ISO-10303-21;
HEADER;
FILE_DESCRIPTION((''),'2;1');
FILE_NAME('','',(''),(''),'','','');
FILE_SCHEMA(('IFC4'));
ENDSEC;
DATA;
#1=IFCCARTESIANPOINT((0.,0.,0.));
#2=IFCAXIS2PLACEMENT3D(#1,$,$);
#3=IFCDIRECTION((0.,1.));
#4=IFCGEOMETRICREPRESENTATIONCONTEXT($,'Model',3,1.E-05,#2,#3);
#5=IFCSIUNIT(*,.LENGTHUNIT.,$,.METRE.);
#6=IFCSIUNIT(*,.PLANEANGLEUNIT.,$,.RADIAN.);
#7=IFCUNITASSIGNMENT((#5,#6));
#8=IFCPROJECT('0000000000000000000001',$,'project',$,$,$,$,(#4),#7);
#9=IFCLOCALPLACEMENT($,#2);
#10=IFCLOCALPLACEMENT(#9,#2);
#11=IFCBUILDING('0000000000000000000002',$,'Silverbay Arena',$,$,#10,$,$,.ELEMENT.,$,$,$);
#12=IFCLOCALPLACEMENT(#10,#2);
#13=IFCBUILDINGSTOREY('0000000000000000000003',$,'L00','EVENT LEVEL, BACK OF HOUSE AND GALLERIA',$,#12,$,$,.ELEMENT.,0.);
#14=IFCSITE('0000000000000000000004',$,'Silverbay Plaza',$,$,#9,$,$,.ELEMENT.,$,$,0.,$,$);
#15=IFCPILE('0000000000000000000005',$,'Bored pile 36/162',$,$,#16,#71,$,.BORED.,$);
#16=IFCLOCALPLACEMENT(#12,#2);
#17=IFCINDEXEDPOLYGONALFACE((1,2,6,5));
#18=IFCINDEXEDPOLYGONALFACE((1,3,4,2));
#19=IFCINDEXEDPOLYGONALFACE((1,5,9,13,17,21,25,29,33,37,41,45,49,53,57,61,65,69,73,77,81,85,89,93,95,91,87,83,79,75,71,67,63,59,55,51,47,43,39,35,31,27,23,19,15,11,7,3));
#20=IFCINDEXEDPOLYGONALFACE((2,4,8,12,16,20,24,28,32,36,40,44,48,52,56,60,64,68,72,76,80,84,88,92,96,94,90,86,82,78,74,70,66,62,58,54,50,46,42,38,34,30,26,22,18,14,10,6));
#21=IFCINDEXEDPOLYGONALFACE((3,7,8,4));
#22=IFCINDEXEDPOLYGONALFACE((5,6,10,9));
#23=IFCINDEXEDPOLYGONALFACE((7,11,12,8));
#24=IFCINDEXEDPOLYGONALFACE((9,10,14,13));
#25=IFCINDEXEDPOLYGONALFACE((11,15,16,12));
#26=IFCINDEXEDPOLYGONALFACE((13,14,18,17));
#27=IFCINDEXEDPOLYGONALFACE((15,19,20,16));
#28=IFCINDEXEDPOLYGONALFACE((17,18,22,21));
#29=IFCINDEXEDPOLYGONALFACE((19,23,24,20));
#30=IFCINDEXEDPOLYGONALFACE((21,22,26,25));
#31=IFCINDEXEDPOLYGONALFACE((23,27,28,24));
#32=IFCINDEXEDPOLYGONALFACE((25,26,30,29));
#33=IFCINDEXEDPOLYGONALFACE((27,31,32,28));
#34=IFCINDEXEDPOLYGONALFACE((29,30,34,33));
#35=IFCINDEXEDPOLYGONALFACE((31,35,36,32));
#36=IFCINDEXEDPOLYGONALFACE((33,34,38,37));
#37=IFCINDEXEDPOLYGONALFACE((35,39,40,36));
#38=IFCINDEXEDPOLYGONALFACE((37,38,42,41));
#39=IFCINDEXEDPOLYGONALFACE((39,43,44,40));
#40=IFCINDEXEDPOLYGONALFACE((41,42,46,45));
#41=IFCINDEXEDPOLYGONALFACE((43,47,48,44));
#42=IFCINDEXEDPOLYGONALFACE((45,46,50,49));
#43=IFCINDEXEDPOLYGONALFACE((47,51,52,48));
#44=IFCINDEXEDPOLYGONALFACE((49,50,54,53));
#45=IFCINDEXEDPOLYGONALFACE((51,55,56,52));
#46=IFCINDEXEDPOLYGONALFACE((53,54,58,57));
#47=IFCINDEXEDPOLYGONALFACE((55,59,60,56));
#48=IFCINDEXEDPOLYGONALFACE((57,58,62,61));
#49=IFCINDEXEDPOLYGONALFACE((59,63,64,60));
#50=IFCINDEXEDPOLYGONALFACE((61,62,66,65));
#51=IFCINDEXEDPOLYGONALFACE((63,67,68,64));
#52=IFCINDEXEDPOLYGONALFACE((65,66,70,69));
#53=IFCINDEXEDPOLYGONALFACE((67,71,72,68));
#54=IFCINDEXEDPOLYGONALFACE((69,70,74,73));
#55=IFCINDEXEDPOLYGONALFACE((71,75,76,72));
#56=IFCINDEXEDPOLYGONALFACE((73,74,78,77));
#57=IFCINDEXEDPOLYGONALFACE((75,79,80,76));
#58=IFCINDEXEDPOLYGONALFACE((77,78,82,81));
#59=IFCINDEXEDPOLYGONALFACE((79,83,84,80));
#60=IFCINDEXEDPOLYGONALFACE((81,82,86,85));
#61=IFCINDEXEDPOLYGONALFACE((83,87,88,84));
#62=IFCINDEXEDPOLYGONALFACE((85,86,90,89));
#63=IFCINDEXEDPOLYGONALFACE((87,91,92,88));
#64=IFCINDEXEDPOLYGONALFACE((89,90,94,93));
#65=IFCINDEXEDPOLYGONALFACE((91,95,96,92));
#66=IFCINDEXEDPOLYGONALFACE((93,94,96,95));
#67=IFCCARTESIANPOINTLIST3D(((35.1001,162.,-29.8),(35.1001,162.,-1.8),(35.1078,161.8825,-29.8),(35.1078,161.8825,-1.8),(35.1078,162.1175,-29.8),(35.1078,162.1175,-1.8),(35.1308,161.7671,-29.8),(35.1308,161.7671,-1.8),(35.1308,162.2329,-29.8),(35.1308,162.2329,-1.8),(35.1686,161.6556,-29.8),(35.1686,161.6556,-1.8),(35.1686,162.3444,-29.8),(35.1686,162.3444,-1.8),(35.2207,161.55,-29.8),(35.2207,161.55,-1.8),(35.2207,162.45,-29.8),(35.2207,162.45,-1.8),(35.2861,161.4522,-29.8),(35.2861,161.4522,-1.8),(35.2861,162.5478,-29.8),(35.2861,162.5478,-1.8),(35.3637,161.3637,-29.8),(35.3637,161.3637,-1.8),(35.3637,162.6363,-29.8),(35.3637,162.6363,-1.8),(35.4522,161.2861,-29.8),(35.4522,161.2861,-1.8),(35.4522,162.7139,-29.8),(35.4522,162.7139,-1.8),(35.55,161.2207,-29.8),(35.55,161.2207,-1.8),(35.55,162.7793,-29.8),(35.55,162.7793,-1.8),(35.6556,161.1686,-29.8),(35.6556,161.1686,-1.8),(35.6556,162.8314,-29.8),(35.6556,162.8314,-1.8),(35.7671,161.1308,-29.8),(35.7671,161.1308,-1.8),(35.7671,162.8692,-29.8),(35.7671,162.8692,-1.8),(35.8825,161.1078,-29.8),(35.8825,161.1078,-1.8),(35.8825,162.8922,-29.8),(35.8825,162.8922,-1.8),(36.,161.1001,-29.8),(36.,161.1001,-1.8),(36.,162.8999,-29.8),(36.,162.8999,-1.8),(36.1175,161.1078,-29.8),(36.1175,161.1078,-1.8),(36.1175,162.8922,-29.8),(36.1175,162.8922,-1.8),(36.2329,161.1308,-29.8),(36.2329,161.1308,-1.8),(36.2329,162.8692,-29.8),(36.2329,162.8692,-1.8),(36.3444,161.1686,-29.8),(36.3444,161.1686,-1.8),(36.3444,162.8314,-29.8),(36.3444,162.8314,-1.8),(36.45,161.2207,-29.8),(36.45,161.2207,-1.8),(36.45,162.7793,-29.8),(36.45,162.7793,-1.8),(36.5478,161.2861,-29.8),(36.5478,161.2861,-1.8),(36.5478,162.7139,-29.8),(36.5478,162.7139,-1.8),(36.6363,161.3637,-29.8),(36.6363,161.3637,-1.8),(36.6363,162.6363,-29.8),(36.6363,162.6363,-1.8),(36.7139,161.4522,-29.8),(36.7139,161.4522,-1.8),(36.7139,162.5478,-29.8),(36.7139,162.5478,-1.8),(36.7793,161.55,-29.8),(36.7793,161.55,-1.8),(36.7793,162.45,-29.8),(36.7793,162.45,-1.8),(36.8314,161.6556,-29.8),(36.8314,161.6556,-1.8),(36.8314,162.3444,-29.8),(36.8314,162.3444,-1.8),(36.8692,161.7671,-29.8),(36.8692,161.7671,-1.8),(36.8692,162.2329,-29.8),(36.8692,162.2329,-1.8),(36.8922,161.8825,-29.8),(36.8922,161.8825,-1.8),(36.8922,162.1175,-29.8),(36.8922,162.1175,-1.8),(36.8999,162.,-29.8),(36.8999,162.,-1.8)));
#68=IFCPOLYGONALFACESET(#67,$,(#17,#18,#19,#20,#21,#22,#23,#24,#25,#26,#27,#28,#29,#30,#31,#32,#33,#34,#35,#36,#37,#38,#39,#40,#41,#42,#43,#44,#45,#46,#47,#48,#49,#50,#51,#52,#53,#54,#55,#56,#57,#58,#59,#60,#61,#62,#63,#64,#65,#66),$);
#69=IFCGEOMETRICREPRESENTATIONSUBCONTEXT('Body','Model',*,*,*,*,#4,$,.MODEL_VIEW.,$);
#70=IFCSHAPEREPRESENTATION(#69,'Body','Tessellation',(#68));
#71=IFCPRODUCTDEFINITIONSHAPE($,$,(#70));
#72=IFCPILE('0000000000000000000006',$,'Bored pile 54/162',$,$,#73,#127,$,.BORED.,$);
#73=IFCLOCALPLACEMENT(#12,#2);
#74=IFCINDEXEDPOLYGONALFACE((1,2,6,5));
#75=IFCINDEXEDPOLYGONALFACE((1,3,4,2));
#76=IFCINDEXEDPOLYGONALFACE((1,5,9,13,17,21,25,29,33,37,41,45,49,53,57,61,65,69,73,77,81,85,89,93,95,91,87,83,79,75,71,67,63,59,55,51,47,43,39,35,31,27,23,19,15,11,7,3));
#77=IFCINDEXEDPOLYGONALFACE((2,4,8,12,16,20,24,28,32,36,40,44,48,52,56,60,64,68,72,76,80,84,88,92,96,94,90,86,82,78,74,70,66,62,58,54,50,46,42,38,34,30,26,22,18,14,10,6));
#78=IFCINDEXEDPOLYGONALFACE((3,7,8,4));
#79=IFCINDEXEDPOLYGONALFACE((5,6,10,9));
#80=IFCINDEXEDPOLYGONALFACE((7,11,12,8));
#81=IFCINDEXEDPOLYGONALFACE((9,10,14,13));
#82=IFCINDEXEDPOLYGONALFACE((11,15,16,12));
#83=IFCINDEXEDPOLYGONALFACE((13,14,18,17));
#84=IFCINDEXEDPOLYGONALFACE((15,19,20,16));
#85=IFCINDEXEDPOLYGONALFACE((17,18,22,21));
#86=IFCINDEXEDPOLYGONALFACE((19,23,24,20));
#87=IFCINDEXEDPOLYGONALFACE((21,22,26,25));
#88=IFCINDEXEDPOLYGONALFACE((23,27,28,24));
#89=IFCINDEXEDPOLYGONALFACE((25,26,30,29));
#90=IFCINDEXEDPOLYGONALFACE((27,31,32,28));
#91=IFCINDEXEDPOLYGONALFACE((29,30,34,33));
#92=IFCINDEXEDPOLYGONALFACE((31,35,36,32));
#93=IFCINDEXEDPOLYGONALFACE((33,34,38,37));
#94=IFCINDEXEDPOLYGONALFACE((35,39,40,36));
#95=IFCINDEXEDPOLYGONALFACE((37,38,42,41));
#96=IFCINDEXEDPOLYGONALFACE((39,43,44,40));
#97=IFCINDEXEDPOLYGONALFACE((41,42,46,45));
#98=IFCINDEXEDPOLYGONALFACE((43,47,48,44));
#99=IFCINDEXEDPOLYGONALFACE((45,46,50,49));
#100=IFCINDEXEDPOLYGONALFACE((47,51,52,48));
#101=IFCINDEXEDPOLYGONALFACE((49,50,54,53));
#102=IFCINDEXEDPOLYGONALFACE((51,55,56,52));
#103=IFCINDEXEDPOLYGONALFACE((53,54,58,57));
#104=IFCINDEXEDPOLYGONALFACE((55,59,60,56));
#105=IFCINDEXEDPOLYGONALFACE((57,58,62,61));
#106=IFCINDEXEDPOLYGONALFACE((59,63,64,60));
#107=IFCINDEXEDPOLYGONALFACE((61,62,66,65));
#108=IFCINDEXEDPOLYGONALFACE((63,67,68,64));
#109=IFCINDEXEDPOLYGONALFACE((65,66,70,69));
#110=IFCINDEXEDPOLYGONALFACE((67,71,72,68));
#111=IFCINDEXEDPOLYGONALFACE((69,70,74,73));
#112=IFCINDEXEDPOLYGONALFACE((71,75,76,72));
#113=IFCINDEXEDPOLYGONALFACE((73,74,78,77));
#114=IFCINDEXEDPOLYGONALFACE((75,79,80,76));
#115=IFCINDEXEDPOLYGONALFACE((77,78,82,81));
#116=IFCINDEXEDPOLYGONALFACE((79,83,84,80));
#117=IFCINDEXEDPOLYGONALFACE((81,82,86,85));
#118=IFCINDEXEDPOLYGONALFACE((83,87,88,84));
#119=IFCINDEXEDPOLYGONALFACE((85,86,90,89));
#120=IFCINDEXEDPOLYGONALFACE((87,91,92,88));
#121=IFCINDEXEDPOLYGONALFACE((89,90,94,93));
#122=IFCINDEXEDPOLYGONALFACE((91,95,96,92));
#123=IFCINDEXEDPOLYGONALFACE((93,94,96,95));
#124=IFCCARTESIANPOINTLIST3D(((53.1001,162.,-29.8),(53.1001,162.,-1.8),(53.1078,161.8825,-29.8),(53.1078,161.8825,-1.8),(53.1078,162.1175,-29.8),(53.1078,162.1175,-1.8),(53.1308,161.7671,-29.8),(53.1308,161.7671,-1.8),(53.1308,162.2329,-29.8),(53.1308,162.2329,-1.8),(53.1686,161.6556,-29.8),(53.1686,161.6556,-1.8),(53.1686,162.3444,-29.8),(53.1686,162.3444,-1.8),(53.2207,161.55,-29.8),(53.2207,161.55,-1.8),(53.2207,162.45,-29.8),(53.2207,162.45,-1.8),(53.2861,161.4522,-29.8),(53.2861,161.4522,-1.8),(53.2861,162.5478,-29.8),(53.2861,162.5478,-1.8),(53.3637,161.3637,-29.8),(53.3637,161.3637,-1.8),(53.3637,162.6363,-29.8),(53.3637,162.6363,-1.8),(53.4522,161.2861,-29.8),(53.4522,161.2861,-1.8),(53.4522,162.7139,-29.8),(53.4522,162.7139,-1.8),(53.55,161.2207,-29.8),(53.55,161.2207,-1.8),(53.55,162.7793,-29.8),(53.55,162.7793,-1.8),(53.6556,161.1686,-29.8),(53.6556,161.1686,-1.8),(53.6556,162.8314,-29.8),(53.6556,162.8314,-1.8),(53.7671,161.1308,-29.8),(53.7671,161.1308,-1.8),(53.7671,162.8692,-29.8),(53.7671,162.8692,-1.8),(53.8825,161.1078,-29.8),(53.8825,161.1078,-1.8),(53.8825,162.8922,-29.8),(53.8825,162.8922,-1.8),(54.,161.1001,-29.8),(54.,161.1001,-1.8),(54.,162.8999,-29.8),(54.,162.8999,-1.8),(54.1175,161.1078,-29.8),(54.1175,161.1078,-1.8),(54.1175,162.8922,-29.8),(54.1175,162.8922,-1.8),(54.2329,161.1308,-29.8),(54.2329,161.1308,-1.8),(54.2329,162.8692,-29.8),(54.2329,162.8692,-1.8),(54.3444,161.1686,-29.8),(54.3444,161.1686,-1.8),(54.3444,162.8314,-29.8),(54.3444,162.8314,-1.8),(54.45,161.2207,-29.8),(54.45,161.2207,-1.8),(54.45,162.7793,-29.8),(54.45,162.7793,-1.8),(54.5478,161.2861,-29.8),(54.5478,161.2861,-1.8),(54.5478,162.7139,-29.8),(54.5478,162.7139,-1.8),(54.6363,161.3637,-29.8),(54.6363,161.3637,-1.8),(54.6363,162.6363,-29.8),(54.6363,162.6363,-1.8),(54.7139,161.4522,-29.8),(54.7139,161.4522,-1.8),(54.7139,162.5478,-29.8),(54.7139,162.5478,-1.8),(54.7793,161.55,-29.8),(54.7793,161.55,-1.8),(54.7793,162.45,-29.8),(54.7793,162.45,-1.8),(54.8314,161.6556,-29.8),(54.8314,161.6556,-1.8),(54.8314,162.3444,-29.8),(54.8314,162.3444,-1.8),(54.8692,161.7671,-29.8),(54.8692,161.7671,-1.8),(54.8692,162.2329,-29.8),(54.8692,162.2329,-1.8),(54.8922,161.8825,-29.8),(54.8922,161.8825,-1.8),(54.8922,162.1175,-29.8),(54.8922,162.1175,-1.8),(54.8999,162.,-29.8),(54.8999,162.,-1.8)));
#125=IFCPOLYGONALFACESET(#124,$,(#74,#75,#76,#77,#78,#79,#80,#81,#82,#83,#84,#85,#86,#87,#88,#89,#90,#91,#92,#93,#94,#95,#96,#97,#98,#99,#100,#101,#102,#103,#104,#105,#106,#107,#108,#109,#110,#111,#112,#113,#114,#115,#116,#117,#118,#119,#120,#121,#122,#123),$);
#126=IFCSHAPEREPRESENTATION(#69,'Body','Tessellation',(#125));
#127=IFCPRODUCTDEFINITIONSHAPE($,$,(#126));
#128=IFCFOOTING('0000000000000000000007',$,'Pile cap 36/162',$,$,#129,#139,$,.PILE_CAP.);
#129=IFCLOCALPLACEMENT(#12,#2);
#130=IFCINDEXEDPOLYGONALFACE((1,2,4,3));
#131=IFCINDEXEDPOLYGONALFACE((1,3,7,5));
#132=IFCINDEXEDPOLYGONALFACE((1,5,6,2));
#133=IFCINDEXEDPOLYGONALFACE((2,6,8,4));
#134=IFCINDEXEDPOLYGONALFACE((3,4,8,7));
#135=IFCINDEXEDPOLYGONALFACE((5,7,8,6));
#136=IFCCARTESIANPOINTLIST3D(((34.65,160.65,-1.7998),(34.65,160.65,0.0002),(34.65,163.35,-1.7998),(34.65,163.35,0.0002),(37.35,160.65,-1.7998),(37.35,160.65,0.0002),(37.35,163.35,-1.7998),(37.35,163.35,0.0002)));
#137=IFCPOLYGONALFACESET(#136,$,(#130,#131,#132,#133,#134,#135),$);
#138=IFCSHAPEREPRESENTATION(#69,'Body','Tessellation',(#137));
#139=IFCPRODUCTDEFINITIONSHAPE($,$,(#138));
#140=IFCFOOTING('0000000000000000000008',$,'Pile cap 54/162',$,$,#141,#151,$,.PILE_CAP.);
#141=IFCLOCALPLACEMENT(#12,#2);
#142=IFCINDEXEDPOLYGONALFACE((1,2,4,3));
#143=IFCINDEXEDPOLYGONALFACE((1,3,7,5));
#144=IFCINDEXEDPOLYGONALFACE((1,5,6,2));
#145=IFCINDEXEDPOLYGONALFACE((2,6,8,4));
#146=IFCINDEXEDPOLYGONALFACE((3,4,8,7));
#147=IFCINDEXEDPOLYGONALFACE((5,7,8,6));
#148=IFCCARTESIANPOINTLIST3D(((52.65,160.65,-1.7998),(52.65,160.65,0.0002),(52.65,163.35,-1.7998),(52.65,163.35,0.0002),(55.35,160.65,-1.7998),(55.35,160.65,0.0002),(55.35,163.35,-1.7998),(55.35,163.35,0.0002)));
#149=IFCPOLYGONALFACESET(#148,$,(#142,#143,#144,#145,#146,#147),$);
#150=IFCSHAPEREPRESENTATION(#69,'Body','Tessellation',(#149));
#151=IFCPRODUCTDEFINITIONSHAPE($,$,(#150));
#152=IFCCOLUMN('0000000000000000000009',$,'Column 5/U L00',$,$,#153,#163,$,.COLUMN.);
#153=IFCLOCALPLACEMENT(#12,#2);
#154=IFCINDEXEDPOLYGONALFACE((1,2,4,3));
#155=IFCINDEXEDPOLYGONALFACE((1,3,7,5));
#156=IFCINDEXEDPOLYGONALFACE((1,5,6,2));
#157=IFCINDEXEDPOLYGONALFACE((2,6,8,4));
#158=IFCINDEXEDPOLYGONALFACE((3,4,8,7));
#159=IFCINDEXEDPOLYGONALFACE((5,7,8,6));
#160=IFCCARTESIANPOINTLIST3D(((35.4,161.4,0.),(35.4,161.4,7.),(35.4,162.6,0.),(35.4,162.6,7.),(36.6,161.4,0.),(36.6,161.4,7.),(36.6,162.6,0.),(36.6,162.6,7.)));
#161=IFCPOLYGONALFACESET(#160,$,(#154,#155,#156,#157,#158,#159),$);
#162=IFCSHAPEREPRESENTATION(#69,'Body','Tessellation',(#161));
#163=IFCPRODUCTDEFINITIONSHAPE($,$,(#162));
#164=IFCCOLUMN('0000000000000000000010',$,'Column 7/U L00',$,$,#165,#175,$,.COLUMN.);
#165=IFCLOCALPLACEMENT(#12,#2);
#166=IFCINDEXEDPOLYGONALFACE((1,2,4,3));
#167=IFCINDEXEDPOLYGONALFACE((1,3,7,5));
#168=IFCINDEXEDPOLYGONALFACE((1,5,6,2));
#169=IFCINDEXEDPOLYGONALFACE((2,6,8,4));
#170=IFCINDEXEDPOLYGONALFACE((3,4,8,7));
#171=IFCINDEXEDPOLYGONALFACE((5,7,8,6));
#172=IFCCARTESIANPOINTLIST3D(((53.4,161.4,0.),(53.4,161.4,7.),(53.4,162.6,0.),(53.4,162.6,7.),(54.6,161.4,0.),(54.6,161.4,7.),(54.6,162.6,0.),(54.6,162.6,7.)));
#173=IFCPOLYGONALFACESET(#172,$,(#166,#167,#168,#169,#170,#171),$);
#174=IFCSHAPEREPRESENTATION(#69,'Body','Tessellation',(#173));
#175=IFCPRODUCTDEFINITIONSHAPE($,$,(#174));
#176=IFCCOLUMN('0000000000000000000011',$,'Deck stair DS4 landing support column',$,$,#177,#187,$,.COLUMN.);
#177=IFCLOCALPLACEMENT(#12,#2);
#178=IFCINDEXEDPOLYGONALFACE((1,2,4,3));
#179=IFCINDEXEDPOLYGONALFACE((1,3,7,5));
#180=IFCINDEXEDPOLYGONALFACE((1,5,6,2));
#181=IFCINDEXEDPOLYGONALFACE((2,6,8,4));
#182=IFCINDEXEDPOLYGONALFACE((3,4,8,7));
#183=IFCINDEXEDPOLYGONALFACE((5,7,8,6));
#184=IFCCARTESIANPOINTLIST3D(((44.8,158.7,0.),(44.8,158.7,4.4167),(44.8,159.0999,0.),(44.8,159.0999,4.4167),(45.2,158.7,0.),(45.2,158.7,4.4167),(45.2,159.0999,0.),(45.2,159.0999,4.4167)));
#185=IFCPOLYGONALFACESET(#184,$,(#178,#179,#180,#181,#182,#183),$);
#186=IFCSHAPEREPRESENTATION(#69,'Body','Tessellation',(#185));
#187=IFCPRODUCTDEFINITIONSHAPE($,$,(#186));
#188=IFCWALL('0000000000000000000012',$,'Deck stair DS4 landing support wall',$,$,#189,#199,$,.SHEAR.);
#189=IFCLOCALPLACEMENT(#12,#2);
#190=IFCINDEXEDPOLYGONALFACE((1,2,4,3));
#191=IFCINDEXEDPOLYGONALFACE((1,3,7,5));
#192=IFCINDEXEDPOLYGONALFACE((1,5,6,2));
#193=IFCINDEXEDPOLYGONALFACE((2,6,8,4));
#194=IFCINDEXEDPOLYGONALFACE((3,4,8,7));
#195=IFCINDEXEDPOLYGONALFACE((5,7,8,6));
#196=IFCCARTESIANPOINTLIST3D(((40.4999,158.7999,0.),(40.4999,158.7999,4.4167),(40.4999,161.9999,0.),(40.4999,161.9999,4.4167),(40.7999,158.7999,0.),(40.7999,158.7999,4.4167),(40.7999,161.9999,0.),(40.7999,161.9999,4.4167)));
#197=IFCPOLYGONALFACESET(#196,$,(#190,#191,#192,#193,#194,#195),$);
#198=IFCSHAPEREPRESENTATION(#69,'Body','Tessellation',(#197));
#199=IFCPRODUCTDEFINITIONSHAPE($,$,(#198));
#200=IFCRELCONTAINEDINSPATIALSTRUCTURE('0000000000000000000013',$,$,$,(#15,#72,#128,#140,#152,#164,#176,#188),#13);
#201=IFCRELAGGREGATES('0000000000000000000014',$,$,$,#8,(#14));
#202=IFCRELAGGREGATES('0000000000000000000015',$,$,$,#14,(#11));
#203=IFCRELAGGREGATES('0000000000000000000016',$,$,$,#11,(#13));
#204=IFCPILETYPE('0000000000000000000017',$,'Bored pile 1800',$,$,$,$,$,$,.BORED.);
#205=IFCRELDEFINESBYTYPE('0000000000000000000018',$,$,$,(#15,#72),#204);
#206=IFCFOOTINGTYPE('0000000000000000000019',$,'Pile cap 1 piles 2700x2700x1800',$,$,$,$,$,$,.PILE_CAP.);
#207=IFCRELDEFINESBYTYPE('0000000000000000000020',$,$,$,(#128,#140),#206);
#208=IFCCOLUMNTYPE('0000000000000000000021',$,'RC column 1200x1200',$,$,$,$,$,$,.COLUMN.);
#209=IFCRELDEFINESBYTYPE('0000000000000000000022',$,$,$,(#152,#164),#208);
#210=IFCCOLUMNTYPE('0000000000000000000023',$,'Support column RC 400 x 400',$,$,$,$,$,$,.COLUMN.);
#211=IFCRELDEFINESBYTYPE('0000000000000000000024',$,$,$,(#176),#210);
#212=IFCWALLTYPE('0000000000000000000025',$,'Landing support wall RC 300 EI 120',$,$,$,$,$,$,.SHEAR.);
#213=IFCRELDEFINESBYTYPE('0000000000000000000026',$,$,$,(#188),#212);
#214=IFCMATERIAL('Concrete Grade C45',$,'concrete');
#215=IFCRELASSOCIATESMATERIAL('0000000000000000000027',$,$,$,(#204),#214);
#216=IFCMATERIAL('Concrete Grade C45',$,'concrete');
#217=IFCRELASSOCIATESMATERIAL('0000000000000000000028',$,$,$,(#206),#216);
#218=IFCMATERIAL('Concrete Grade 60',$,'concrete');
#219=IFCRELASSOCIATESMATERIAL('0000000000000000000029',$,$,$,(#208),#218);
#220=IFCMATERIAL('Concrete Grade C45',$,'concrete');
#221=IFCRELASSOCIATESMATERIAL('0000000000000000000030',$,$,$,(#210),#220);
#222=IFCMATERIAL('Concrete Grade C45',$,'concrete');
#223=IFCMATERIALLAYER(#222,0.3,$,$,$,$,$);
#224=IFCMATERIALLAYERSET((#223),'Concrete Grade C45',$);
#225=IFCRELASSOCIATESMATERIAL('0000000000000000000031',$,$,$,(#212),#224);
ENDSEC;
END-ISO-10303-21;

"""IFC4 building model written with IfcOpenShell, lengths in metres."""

from ifc_helpers import new_model, si_unit, direction, frame, frame_2d, origin, origin_2d, place, context, subcontext, project, spatial, rectangle, circle, extrude, material, layer, layer_set, material_profile, profile_set, type_object, element, save


model = new_model("IFC4")

# Units and contexts
model_context = context("Model", 3, precision=1e-05, world=origin(), true_north=direction((0.0, 1.0)))
body_context = subcontext(model_context, "Body", "Model", "MODEL_VIEW")
ifc_project = project(units=[si_unit("LENGTHUNIT", "METRE"), si_unit("PLANEANGLEUNIT", "RADIAN")], contexts=[model_context])

# Site, building, storey
site_placement = place(None, origin())
site = spatial("IfcSite", under=ifc_project, at=site_placement, Name="Silverbay Plaza", CompositionType="ELEMENT", RefElevation=0.0)
building_placement = place(site_placement, origin())
building = spatial("IfcBuilding", under=site, at=building_placement, Name="Silverbay Arena", CompositionType="ELEMENT")
storey_placement = place(building_placement, origin())
storey = spatial("IfcBuildingStorey", under=building, at=storey_placement, Name="L00", Description="EVENT LEVEL, BACK OF HOUSE AND GALLERIA", CompositionType="ELEMENT", Elevation=0.0)

# Piles
ifc_material_1 = material(Name="Concrete Grade C45", Category="concrete")
ifc_material_profile_1 = material_profile(ifc_material_1, circle(Radius=0.8999, at=origin_2d()), Name="Bored pile 1800")
ifc_profile_set_1 = profile_set([ifc_material_profile_1], Name="Concrete Grade C45")
pile_type = type_object("IfcPileType", Name="Bored pile 1800", PredefinedType="BORED", material=ifc_profile_set_1)
for number, where, z_axis, x_axis, name in (
    (1, (36.0, 162.0, -1.8), (0.0, 0.0, -1.0), (1.0, 0.0, 0.0), "Bored pile 36/162"),
    (2, (54.0, 162.0, -1.8), (0.0, 0.0, -1.0), (1.0, 0.0, 0.0), "Bored pile 54/162"),
):
    element("IfcPile", number, at=place(storey_placement, frame(where, z_axis=z_axis, x_axis=x_axis)), inside=storey, type_object=pile_type, Name=name, PredefinedType="BORED", context=body_context, shape_type="SweptSolid", body=[
        extrude(circle(Radius=0.8999, at=origin_2d()), origin(), (0.0, 0.0, 1.0), 28.0),
    ])

# Footings
ifc_material_2 = material(Name="Concrete Grade C45", Category="concrete")
footing_type = type_object("IfcFootingType", Name="Pile cap 1 piles 2700x2700x1800", PredefinedType="PILE_CAP", material=ifc_material_2)
for number, where, z_axis, x_axis, name in (
    (3, (36.0, 162.0, -1.7998), (0.0, 0.0, 1.0), (1.0, 0.0, 0.0), "Pile cap 36/162"),
    (4, (54.0, 162.0, -1.7998), (0.0, 0.0, 1.0), (1.0, 0.0, 0.0), "Pile cap 54/162"),
):
    element("IfcFooting", number, at=place(storey_placement, frame(where, z_axis=z_axis, x_axis=x_axis)), inside=storey, type_object=footing_type, Name=name, PredefinedType="PILE_CAP", context=body_context, shape_type="SweptSolid", body=[
        extrude(rectangle(XDim=2.7, YDim=2.7, at=origin_2d()), origin(), (0.0, 0.0, 1.0), 1.8),
    ])

# Columns
ifc_material_3 = material(Name="Concrete Grade 60", Category="concrete")
ifc_material_profile_2 = material_profile(ifc_material_3, rectangle(XDim=1.2, YDim=1.2, at=origin_2d()), Name="RC 1200x1200")
ifc_profile_set_2 = profile_set([ifc_material_profile_2], Name="Concrete Grade 60")
column_type_1 = type_object("IfcColumnType", Name="RC column 1200x1200", PredefinedType="COLUMN", material=ifc_profile_set_2)
for number, where, z_axis, x_axis, name in (
    (5, (36.0, 162.0, 0.0), (0.0, 0.0, 1.0), (1.0, 0.0, 0.0), "Column 5/U L00"),
    (6, (54.0, 162.0, 0.0), (0.0, 0.0, 1.0), (1.0, 0.0, 0.0), "Column 7/U L00"),
):
    element("IfcColumn", number, at=place(storey_placement, frame(where, z_axis=z_axis, x_axis=x_axis)), inside=storey, type_object=column_type_1, Name=name, PredefinedType="COLUMN", context=body_context, shape_type="SweptSolid", body=[
        extrude(rectangle(XDim=1.2, YDim=1.2, at=origin_2d()), origin(), (0.0, 0.0, 1.0), 7.0),
    ])
ifc_material_4 = material(Name="Concrete Grade C45", Category="concrete")
ifc_material_profile_3 = material_profile(ifc_material_4, rectangle(XDim=0.3999, YDim=0.3999, at=origin_2d()), Name="RC 400x400")
ifc_profile_set_3 = profile_set([ifc_material_profile_3], Name="Concrete Grade C45")
column_type_2 = type_object("IfcColumnType", Name="Support column RC 400 x 400", PredefinedType="COLUMN", material=ifc_profile_set_3)
column_placement = place(storey_placement, frame((45.0, 158.8999, 0.0), z_axis=(0.0, 0.0, 1.0), x_axis=(1.0, 0.0, 0.0)))
element("IfcColumn", 7, at=column_placement, inside=storey, type_object=column_type_2, Name="Deck stair DS4 landing support column", PredefinedType="COLUMN", context=body_context, shape_type="SweptSolid", body=[
    extrude(rectangle(XDim=0.3999, YDim=0.3999, at=origin_2d()), origin(), (0.0, 0.0, 1.0), 4.4167),
])

# Wall
ifc_material_5 = material(Name="Concrete Grade C45", Category="concrete")
ifc_layer = layer(ifc_material_5, 0.3)
ifc_layer_set = layer_set([ifc_layer], Name="Concrete Grade C45")
wall_type = type_object("IfcWallType", Name="Landing support wall RC 300 EI 120", PredefinedType="SHEAR", material=ifc_layer_set)
for number, where, z_axis, x_axis, name in (
    (8, (40.6499, 162.0, 0.0), (0.0, 0.0, 1.0), (0.0, -1.0, 0.0), "Deck stair DS4 landing support wall"),
):
    element("IfcWall", number, at=place(storey_placement, frame(where, z_axis=z_axis, x_axis=x_axis)), inside=storey, type_object=wall_type, Name=name, PredefinedType="SHEAR", context=body_context, shape_type="SweptSolid", body=[
        extrude(rectangle(XDim=3.2, YDim=0.3, at=frame_2d((1.6001, 0.0))), origin(), (0.0, 0.0, 1.0), 4.4167),
    ])

save(model, "model.ifc")
